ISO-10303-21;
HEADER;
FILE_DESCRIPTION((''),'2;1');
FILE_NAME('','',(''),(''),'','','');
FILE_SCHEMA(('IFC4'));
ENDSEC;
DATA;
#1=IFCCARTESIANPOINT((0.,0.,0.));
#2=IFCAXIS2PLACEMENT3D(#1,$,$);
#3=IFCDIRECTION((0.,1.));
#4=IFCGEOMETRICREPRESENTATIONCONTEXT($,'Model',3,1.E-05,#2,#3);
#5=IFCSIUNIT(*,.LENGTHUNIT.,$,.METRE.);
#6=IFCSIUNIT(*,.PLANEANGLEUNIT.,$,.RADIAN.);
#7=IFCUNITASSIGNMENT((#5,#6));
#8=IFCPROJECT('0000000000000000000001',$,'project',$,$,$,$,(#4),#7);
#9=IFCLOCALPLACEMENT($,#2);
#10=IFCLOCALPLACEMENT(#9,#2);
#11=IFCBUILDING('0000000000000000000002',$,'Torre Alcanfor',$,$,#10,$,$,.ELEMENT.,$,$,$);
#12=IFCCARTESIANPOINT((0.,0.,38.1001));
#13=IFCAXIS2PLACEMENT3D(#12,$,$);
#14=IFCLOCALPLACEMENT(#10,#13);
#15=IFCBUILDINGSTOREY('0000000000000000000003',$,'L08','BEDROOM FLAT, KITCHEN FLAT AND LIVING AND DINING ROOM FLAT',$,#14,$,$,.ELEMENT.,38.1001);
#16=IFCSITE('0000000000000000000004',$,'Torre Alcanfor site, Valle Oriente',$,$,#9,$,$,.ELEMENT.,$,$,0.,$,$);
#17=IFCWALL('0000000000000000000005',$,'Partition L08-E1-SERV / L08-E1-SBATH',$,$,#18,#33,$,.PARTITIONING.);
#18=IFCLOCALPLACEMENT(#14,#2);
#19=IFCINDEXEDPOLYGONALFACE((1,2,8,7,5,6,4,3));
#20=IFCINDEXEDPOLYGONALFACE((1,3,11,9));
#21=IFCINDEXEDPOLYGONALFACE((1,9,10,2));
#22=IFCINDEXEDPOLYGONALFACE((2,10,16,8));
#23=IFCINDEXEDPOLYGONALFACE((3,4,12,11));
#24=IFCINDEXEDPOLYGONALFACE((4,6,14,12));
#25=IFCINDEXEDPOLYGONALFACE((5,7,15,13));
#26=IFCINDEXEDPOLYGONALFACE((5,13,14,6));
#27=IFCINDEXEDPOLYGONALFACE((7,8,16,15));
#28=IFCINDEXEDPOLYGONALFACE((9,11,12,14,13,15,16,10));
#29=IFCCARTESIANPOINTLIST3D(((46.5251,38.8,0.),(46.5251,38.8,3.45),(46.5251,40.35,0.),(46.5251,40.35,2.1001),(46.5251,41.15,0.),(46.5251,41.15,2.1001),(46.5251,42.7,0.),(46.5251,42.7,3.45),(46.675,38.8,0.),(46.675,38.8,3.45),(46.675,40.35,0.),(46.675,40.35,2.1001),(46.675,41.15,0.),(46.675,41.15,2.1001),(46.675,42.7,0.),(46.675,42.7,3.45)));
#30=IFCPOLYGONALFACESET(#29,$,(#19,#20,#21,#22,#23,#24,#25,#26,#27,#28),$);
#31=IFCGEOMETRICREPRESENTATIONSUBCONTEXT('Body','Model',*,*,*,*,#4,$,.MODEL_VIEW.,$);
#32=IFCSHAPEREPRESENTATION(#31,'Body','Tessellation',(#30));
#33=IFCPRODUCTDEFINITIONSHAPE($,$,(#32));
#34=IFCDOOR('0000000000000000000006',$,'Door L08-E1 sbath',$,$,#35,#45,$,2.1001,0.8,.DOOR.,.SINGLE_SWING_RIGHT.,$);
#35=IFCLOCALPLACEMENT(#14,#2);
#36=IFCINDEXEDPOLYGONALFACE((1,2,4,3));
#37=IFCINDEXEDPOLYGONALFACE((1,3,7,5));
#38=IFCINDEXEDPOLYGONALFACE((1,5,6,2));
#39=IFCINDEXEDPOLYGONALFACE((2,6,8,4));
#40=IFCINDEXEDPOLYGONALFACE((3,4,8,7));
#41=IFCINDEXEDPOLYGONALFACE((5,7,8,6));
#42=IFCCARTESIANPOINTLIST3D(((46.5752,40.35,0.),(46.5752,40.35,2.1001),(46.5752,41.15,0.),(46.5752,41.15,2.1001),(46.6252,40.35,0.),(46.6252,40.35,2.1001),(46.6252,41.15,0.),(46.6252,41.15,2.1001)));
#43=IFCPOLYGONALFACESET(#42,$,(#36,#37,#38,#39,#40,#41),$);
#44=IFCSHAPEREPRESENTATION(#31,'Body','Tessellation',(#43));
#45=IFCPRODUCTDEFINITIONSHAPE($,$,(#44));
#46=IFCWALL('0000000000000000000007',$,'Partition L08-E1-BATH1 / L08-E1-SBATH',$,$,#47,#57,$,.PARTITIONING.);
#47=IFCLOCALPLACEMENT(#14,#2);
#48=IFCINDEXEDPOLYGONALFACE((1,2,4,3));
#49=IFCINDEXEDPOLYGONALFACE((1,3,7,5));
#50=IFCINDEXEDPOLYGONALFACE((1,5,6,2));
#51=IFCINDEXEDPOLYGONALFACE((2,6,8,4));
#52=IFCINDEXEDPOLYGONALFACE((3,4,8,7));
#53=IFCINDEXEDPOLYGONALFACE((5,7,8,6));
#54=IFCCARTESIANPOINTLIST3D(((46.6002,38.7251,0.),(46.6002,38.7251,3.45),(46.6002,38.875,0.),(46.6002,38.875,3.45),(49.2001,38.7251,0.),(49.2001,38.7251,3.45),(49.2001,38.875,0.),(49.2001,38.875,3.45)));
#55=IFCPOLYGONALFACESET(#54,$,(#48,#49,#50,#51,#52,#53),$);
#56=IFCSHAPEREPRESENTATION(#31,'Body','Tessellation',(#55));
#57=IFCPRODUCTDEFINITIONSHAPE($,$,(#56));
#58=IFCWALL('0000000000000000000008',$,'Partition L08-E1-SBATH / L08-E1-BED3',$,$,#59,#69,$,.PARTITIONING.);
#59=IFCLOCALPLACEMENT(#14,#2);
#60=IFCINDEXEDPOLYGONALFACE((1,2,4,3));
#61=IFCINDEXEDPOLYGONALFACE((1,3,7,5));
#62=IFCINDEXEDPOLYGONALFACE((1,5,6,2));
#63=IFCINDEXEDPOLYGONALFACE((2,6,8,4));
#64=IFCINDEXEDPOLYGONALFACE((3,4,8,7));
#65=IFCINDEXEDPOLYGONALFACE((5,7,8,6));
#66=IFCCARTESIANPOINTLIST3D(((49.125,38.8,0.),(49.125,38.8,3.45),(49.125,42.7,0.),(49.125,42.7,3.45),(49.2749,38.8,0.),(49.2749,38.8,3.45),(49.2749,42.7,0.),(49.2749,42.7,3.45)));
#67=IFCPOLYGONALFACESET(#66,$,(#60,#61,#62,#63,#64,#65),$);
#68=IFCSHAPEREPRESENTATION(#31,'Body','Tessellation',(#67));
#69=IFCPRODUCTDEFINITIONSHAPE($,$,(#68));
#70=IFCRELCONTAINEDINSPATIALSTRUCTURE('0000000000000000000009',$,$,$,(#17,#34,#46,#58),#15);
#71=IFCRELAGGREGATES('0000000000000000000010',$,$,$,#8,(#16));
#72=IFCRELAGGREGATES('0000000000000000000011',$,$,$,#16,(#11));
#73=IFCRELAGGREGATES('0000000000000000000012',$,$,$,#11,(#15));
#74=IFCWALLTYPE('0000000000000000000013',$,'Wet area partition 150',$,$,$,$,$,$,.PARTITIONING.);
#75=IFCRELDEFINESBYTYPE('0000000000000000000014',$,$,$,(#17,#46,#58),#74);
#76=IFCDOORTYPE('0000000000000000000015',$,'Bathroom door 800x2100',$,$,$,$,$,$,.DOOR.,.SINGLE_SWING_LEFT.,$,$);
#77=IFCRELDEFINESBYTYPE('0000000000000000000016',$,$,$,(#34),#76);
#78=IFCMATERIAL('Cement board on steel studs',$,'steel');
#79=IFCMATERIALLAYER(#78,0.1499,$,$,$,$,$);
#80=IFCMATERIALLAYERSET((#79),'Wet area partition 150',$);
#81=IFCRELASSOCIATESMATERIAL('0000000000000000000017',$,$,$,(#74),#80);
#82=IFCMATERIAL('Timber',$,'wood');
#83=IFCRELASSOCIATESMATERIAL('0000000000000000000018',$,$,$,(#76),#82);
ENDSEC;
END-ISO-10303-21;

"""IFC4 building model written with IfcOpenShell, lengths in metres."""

from ifc_helpers import new_model, si_unit, direction, frame, frame_2d, origin, place, context, subcontext, project, spatial, rectangle, extrude, material, layer, layer_set, type_object, element, fill, save


model = new_model("IFC4")

# Units and contexts
model_context = context("Model", 3, precision=1e-05, world=origin(), true_north=direction((0.0, 1.0)))
body_context = subcontext(model_context, "Body", "Model", "MODEL_VIEW")
ifc_project = project(units=[si_unit("LENGTHUNIT", "METRE"), si_unit("PLANEANGLEUNIT", "RADIAN")], contexts=[model_context])

# Site, building, storey
site_placement = place(None, origin())
site = spatial("IfcSite", under=ifc_project, at=site_placement, Name="Torre Alcanfor site, Valle Oriente", CompositionType="ELEMENT", RefElevation=0.0)
building_placement = place(site_placement, origin())
building = spatial("IfcBuilding", under=site, at=building_placement, Name="Torre Alcanfor", CompositionType="ELEMENT")
storey_placement = place(building_placement, frame((0.0, 0.0, 38.1001)))
storey = spatial("IfcBuildingStorey", under=building, at=storey_placement, Name="L08", Description="BEDROOM FLAT, KITCHEN FLAT AND LIVING AND DINING ROOM FLAT", CompositionType="ELEMENT", Elevation=38.1001)

# Wall, opening, door
ifc_material_1 = material(Name="Cement board on steel studs", Category="steel")
ifc_layer_1 = layer(ifc_material_1, 0.1499)
ifc_layer_set_1 = layer_set([ifc_layer_1], Name="Wet area partition 150")
wall_type_1 = type_object("IfcWallType", Name="Wet area partition 150", PredefinedType="PARTITIONING", material=ifc_layer_set_1)
wall_1_placement = place(storey_placement, frame((46.6001, 38.8, 0.0), z_axis=(0.0, 0.0, 1.0), x_axis=(0.0, 1.0, 0.0)))
wall_1 = element("IfcWall", 1, at=wall_1_placement, inside=storey, type_object=wall_type_1, Name="Partition L08-E1-SERV / L08-E1-SBATH", PredefinedType="PARTITIONING", context=body_context, shape_type="SweptSolid", body=[
    extrude(rectangle(XDim=3.8999, YDim=0.1499, at=frame_2d((1.95, 0.0))), origin(), (0.0, 0.0, 1.0), 3.45),
])
opening_1_placement = place(wall_1_placement, frame((1.55, 0.0, 0.0)))
opening_1 = element("IfcOpeningElement", 2, at=opening_1_placement, cuts=wall_1, PredefinedType="OPENING", context=body_context, shape_type="SweptSolid", body=[
    extrude(rectangle(XDim=0.8, YDim=2.1001, at=frame_2d((0.3999, 1.05))), frame((0.0, 0.085, 0.0), z_axis=(0.0, -1.0, 0.0), x_axis=(1.0, 0.0, 0.0)), (0.0, 0.0, 1.0), 0.1699),
])
ifc_material_2 = material(Name="Timber", Category="wood")
door_type_1 = type_object("IfcDoorType", Name="Bathroom door 800x2100", OperationType="SINGLE_SWING_LEFT", PredefinedType="DOOR", material=ifc_material_2)
door_1_placement = place(opening_1_placement, frame((0.8, 0.0, 0.0), z_axis=(0.0, 0.0, 1.0), x_axis=(-1.0, 0.0, 0.0)))
door_1 = element("IfcDoor", 3, at=door_1_placement, inside=storey, type_object=door_type_1, Name="Door L08-E1 sbath", OperationType="SINGLE_SWING_RIGHT", OverallHeight=2.1001, OverallWidth=0.8, PredefinedType="DOOR", context=body_context, shape_type="SweptSolid", body=[
    extrude(rectangle(XDim=0.8, YDim=2.1001, at=frame_2d((0.4001, 1.05))), frame((0.0, 0.0251, 0.0), z_axis=(0.0, -1.0, 0.0), x_axis=(1.0, 0.0, 0.0)), (0.0, 0.0, 1.0), 0.05),
])
fill(opening_1, door_1)

# Walls
wall_2_placement = place(storey_placement, frame((49.2, 38.8, 0.0), z_axis=(0.0, 0.0, 1.0), x_axis=(-1.0, 0.0, 0.0)))
element("IfcWall", 4, at=wall_2_placement, inside=storey, type_object=wall_type_1, Name="Partition L08-E1-BATH1 / L08-E1-SBATH", PredefinedType="PARTITIONING", context=body_context, shape_type="SweptSolid", body=[
    extrude(rectangle(XDim=2.5999, YDim=0.1499, at=frame_2d((1.2998, 0.0))), origin(), (0.0, 0.0, 1.0), 3.45),
])
wall_3_placement = place(storey_placement, frame((49.2, 38.8, 0.0), z_axis=(0.0, 0.0, 1.0), x_axis=(0.0, 1.0, 0.0)))
element("IfcWall", 5, at=wall_3_placement, inside=storey, type_object=wall_type_1, Name="Partition L08-E1-SBATH / L08-E1-BED3", PredefinedType="PARTITIONING", context=body_context, shape_type="SweptSolid", body=[
    extrude(rectangle(XDim=3.8999, YDim=0.1499, at=frame_2d((1.95, 0.0))), origin(), (0.0, 0.0, 1.0), 3.45),
])

save(model, "model.ifc")
